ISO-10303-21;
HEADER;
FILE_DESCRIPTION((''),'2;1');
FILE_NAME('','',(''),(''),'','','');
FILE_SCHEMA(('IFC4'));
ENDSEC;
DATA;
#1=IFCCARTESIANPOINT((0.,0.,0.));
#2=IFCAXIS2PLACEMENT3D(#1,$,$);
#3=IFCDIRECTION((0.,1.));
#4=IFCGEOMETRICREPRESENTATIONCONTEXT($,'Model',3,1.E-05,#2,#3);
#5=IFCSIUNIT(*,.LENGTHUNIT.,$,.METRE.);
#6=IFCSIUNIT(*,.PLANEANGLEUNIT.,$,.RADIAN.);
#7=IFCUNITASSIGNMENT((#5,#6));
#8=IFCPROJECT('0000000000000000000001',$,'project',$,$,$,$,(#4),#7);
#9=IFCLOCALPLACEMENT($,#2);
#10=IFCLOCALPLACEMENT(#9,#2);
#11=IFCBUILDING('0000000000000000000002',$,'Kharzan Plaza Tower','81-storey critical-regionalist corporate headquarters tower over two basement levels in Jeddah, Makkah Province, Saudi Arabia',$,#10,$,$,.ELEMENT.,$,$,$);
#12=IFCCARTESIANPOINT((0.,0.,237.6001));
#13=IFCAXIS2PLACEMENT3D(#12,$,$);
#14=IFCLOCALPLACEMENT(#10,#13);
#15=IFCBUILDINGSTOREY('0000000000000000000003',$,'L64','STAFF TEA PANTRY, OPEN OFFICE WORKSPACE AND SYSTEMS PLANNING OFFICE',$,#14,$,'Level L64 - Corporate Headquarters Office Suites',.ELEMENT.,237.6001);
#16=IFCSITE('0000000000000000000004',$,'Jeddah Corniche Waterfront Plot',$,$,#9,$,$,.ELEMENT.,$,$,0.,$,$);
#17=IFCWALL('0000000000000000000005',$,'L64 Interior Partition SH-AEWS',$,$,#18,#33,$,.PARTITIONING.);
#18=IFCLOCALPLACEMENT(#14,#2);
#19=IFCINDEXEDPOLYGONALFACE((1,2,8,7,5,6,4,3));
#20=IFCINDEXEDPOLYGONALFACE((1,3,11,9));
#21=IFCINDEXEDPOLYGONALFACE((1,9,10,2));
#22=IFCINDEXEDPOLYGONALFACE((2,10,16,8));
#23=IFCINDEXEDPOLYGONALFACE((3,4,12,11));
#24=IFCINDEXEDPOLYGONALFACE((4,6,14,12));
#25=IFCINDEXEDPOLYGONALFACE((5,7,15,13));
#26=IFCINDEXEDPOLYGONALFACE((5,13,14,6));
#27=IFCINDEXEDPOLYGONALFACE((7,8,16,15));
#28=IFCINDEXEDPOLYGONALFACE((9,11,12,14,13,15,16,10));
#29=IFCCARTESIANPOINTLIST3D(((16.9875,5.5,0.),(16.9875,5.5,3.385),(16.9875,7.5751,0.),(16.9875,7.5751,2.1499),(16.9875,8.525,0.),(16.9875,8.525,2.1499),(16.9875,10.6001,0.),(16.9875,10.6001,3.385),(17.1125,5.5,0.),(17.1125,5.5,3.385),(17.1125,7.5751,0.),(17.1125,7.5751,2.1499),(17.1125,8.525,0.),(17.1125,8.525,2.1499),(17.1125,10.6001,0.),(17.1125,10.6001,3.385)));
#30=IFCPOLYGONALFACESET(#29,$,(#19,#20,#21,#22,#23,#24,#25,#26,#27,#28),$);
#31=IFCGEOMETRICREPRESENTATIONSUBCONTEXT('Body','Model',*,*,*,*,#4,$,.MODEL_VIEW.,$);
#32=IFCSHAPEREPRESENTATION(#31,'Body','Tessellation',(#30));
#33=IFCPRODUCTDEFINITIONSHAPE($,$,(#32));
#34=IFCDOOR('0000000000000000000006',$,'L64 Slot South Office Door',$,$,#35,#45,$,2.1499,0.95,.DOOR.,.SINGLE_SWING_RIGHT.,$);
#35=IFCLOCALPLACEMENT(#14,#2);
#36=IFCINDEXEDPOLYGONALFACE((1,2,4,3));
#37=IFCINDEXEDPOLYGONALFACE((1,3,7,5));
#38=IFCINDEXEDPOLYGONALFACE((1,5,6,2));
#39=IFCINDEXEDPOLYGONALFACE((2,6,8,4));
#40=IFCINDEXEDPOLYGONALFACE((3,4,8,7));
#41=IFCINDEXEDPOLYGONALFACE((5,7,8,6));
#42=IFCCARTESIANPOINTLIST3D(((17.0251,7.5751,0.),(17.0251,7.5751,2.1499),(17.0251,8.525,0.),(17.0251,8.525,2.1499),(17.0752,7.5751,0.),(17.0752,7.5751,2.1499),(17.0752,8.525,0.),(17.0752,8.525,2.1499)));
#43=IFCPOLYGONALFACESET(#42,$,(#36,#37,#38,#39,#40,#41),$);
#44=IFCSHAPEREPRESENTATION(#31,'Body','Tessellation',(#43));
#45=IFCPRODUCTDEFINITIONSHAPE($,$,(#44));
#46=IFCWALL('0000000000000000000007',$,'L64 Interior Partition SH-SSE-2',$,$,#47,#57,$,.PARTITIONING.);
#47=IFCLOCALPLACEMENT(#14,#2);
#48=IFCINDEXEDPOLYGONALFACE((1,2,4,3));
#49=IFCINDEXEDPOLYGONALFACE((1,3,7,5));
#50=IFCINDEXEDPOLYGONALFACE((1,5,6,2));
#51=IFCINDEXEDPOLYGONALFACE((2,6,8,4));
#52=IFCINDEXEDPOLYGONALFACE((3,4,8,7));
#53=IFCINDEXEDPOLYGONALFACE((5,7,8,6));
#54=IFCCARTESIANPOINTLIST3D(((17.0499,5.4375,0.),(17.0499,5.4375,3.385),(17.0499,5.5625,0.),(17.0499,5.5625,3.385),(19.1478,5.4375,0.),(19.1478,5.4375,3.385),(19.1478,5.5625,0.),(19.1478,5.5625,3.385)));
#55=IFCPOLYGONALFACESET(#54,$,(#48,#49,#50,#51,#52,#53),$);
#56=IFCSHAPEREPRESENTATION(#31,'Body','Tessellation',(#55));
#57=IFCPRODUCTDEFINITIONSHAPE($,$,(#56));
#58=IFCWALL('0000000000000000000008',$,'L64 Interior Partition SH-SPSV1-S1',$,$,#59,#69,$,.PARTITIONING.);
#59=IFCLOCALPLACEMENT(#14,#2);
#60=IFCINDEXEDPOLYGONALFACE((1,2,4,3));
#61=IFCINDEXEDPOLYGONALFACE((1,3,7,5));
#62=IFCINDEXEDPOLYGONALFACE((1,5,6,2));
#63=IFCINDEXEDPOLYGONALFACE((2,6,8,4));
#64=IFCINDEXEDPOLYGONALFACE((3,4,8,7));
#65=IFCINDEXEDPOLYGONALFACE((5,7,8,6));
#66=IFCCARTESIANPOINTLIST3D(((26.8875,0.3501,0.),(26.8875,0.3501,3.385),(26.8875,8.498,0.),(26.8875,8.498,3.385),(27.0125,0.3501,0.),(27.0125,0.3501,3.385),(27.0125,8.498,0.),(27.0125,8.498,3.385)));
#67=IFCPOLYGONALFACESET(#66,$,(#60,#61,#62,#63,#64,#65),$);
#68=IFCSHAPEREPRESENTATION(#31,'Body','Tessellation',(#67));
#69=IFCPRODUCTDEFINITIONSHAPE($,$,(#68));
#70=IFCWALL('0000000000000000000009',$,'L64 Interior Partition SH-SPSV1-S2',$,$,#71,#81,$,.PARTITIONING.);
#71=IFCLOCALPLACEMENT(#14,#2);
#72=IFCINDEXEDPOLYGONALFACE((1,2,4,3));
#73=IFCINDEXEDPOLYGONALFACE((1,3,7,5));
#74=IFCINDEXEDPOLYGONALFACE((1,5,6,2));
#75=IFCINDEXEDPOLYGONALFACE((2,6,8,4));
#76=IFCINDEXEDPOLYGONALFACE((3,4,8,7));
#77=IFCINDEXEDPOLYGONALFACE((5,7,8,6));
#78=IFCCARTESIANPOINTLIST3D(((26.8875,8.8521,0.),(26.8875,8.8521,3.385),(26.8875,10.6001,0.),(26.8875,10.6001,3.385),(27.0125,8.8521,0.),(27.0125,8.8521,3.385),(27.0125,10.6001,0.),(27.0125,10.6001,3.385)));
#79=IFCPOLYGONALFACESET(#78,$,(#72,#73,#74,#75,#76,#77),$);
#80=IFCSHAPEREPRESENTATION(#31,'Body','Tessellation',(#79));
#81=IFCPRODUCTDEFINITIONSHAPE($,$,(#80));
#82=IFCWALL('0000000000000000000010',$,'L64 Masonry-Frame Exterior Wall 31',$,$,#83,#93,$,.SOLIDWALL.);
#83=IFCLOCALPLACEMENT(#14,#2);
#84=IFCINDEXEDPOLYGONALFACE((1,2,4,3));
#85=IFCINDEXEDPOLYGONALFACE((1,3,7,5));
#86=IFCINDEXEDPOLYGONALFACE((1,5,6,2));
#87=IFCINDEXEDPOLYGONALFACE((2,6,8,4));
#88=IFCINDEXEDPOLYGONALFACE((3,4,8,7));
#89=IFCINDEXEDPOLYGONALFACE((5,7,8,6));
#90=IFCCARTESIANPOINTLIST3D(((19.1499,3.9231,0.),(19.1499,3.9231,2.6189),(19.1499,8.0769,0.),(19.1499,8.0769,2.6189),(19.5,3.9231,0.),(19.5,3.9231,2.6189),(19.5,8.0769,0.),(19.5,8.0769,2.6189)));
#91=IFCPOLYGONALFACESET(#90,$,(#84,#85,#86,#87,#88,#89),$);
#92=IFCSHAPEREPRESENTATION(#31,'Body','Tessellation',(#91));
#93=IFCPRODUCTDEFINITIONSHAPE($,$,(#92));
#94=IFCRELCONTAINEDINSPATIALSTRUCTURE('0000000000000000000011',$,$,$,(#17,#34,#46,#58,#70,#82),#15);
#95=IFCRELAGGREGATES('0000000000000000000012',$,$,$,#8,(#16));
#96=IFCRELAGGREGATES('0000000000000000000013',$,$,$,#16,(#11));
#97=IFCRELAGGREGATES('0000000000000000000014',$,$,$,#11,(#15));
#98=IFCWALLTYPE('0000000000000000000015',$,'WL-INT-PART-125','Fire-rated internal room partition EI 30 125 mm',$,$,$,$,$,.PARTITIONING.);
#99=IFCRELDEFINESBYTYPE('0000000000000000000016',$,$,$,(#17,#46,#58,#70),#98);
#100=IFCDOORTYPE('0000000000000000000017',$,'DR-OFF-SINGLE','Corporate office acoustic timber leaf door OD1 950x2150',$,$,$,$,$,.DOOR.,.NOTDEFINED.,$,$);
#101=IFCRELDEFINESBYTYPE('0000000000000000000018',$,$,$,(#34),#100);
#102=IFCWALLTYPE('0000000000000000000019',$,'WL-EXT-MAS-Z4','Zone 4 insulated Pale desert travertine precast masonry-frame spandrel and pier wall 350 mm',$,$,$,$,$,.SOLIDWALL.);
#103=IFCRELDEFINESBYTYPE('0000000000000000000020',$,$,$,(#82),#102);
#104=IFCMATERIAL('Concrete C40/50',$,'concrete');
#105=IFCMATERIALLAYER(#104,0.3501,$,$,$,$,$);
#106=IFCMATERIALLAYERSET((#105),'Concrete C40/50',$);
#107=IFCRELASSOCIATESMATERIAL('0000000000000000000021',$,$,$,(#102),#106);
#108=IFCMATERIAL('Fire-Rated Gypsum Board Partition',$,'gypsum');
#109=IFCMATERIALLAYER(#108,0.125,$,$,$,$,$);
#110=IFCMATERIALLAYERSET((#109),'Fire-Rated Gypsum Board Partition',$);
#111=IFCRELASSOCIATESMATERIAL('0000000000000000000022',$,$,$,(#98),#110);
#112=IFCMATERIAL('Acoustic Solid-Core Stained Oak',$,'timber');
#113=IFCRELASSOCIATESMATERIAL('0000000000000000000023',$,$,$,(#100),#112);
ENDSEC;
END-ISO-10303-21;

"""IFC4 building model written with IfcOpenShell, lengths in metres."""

from ifc_helpers import new_model, si_unit, direction, frame, frame_2d, origin, place, context, subcontext, project, spatial, rectangle, extrude, source, transform, mapped, material, layer, layer_set, type_object, element, fill, save


model = new_model("IFC4")

# Units and contexts
model_context = context("Model", 3, precision=1e-05, world=origin(), true_north=direction((0.0, 1.0)))
body_context = subcontext(model_context, "Body", "Model", "MODEL_VIEW")
ifc_project = project(units=[si_unit("LENGTHUNIT", "METRE"), si_unit("PLANEANGLEUNIT", "RADIAN")], contexts=[model_context])

# Site, building, storey
site_placement = place(None, origin())
site = spatial("IfcSite", under=ifc_project, at=site_placement, Name="Jeddah Corniche Waterfront Plot", CompositionType="ELEMENT", RefElevation=0.0)
building_placement = place(site_placement, origin())
building = spatial("IfcBuilding", under=site, at=building_placement, Name="Kharzan Plaza Tower", Description="81-storey critical-regionalist corporate headquarters tower over two basement levels in Jeddah, Makkah Province, Saudi Arabia", CompositionType="ELEMENT")
storey_placement = place(building_placement, frame((0.0, 0.0, 237.6001)))
storey = spatial("IfcBuildingStorey", under=building, at=storey_placement, Name="L64", Description="STAFF TEA PANTRY, OPEN OFFICE WORKSPACE AND SYSTEMS PLANNING OFFICE", LongName="Level L64 - Corporate Headquarters Office Suites", CompositionType="ELEMENT", Elevation=237.6001)

# Shared definitions
ifc_material_1 = material(Name="Concrete C40/50", Category="concrete")
ifc_layer_1 = layer(ifc_material_1, 0.3501)
ifc_layer_set_1 = layer_set([ifc_layer_1], Name="Concrete C40/50")
wall_type_1 = type_object("IfcWallType", Name="WL-EXT-MAS-Z4", Description="Zone 4 insulated Pale desert travertine precast masonry-frame spandrel and pier wall 350 mm", PredefinedType="SOLIDWALL", material=ifc_layer_set_1)

# Wall, opening, door
ifc_material_2 = material(Name="Fire-Rated Gypsum Board Partition", Category="gypsum")
ifc_layer_2 = layer(ifc_material_2, 0.125)
ifc_layer_set_2 = layer_set([ifc_layer_2], Name="Fire-Rated Gypsum Board Partition")
wall_type_2 = type_object("IfcWallType", Name="WL-INT-PART-125", Description="Fire-rated internal room partition EI 30 125 mm", PredefinedType="PARTITIONING", material=ifc_layer_set_2)
wall_1_placement = place(storey_placement, frame((17.05, 5.5, 0.0), z_axis=(0.0, 0.0, 1.0), x_axis=(0.0, 1.0, 0.0)))
wall_1 = element("IfcWall", 1, at=wall_1_placement, inside=storey, type_object=wall_type_2, Name="L64 Interior Partition SH-AEWS", PredefinedType="PARTITIONING", context=body_context, shape_type="SweptSolid", body=[
    extrude(rectangle(XDim=5.1001, YDim=0.125, at=frame_2d((2.55, 0.0))), origin(), (0.0, 0.0, 1.0), 3.385),
])
opening_1_placement = place(wall_1_placement, frame((2.075, 0.0, 0.0)))
opening_1 = element("IfcOpeningElement", 2, at=opening_1_placement, cuts=wall_1, PredefinedType="OPENING", context=body_context, shape_type="SweptSolid", body=[
    extrude(rectangle(XDim=0.95, YDim=2.1499, at=frame_2d((0.4751, 1.075))), frame((0.0, 0.0725, 0.0), z_axis=(0.0, -1.0, 0.0), x_axis=(1.0, 0.0, 0.0)), (0.0, 0.0, 1.0), 0.145),
])
ifc_material_3 = material(Name="Acoustic Solid-Core Stained Oak", Category="timber")
door_type = type_object("IfcDoorType", Name="DR-OFF-SINGLE", Description="Corporate office acoustic timber leaf door OD1 950x2150", OperationType="NOTDEFINED", PredefinedType="DOOR", material=ifc_material_3)
shared_shape_1 = source(origin(), body_context, "Body", "SweptSolid", [
    extrude(rectangle(XDim=0.95, YDim=2.1499, at=frame_2d((0.4751, 1.075))), frame((0.0, 0.0249, 0.0), z_axis=(0.0, -1.0, 0.0), x_axis=(1.0, 0.0, 0.0)), (0.0, 0.0, 1.0), 0.05),
])
door_placement = place(opening_1_placement, origin())
door = element("IfcDoor", 3, at=door_placement, inside=storey, type_object=door_type, Name="L64 Slot South Office Door", OperationType="SINGLE_SWING_RIGHT", OverallHeight=2.1499, OverallWidth=0.95, PredefinedType="DOOR", context=body_context, shape_type="MappedRepresentation", body=[
    mapped(shared_shape_1, transform((0.0, 0.0, 0.0), x_axis=(1.0, 0.0, 0.0), y_axis=(0.0, 1.0, 0.0), z_axis=(0.0, 0.0, 1.0))),
])
fill(opening_1, door)

# Walls
shared_shape_2 = source(origin(), body_context, "Body", "SweptSolid", [
    extrude(rectangle(XDim=2.0979, YDim=0.125, at=frame_2d((1.0488, 0.0))), origin(), (0.0, 0.0, 1.0), 3.385),
])
wall_2_placement = place(storey_placement, frame((17.05, 5.5, 0.0), z_axis=(0.0, 0.0, 1.0), x_axis=(1.0, 0.0, 0.0)))
element("IfcWall", 4, at=wall_2_placement, inside=storey, type_object=wall_type_2, Name="L64 Interior Partition SH-SSE-2", PredefinedType="PARTITIONING", context=body_context, shape_type="MappedRepresentation", body=[
    mapped(shared_shape_2, transform((0.0, 0.0, 0.0), x_axis=(1.0, 0.0, 0.0), y_axis=(0.0, 1.0, 0.0), z_axis=(0.0, 0.0, 1.0))),
])
shared_shape_3 = source(origin(), body_context, "Body", "SweptSolid", [
    extrude(rectangle(XDim=8.1479, YDim=0.125, at=frame_2d((4.074, 0.0))), origin(), (0.0, 0.0, 1.0), 3.385),
])
wall_3_placement = place(storey_placement, frame((26.95, 0.3501, 0.0), z_axis=(0.0, 0.0, 1.0), x_axis=(0.0, 1.0, 0.0)))
element("IfcWall", 5, at=wall_3_placement, inside=storey, type_object=wall_type_2, Name="L64 Interior Partition SH-SPSV1-S1", PredefinedType="PARTITIONING", context=body_context, shape_type="MappedRepresentation", body=[
    mapped(shared_shape_3, transform((0.0, 0.0, 0.0), x_axis=(1.0, 0.0, 0.0), y_axis=(0.0, 1.0, 0.0), z_axis=(0.0, 0.0, 1.0))),
])
shared_shape_4 = source(origin(), body_context, "Body", "SweptSolid", [
    extrude(rectangle(XDim=1.748, YDim=0.125, at=frame_2d((0.874, 0.0))), origin(), (0.0, 0.0, 1.0), 3.385),
])
wall_4_placement = place(storey_placement, frame((26.95, 8.8521, 0.0), z_axis=(0.0, 0.0, 1.0), x_axis=(0.0, 1.0, 0.0)))
element("IfcWall", 6, at=wall_4_placement, inside=storey, type_object=wall_type_2, Name="L64 Interior Partition SH-SPSV1-S2", PredefinedType="PARTITIONING", context=body_context, shape_type="MappedRepresentation", body=[
    mapped(shared_shape_4, transform((0.0, 0.0, 0.0), x_axis=(1.0, 0.0, 0.0), y_axis=(0.0, 1.0, 0.0), z_axis=(0.0, 0.0, 1.0))),
])
shared_shape_5 = source(origin(), body_context, "Body", "SweptSolid", [
    extrude(rectangle(XDim=4.1538, YDim=0.3501, at=frame_2d((2.0769, 0.0))), origin(), (0.0, 0.0, 1.0), 2.6189),
])
wall_5_placement = place(storey_placement, frame((19.325, 3.9231, 0.0), z_axis=(0.0, 0.0, 1.0), x_axis=(0.0, 1.0, 0.0)))
element("IfcWall", 7, at=wall_5_placement, inside=storey, type_object=wall_type_1, Name="L64 Masonry-Frame Exterior Wall 31", PredefinedType="SOLIDWALL", context=body_context, shape_type="MappedRepresentation", body=[
    mapped(shared_shape_5, transform((0.0, 0.0, 0.0), x_axis=(1.0, 0.0, 0.0), y_axis=(0.0, 1.0, 0.0), z_axis=(0.0, 0.0, 1.0))),
])

save(model, "model.ifc")
